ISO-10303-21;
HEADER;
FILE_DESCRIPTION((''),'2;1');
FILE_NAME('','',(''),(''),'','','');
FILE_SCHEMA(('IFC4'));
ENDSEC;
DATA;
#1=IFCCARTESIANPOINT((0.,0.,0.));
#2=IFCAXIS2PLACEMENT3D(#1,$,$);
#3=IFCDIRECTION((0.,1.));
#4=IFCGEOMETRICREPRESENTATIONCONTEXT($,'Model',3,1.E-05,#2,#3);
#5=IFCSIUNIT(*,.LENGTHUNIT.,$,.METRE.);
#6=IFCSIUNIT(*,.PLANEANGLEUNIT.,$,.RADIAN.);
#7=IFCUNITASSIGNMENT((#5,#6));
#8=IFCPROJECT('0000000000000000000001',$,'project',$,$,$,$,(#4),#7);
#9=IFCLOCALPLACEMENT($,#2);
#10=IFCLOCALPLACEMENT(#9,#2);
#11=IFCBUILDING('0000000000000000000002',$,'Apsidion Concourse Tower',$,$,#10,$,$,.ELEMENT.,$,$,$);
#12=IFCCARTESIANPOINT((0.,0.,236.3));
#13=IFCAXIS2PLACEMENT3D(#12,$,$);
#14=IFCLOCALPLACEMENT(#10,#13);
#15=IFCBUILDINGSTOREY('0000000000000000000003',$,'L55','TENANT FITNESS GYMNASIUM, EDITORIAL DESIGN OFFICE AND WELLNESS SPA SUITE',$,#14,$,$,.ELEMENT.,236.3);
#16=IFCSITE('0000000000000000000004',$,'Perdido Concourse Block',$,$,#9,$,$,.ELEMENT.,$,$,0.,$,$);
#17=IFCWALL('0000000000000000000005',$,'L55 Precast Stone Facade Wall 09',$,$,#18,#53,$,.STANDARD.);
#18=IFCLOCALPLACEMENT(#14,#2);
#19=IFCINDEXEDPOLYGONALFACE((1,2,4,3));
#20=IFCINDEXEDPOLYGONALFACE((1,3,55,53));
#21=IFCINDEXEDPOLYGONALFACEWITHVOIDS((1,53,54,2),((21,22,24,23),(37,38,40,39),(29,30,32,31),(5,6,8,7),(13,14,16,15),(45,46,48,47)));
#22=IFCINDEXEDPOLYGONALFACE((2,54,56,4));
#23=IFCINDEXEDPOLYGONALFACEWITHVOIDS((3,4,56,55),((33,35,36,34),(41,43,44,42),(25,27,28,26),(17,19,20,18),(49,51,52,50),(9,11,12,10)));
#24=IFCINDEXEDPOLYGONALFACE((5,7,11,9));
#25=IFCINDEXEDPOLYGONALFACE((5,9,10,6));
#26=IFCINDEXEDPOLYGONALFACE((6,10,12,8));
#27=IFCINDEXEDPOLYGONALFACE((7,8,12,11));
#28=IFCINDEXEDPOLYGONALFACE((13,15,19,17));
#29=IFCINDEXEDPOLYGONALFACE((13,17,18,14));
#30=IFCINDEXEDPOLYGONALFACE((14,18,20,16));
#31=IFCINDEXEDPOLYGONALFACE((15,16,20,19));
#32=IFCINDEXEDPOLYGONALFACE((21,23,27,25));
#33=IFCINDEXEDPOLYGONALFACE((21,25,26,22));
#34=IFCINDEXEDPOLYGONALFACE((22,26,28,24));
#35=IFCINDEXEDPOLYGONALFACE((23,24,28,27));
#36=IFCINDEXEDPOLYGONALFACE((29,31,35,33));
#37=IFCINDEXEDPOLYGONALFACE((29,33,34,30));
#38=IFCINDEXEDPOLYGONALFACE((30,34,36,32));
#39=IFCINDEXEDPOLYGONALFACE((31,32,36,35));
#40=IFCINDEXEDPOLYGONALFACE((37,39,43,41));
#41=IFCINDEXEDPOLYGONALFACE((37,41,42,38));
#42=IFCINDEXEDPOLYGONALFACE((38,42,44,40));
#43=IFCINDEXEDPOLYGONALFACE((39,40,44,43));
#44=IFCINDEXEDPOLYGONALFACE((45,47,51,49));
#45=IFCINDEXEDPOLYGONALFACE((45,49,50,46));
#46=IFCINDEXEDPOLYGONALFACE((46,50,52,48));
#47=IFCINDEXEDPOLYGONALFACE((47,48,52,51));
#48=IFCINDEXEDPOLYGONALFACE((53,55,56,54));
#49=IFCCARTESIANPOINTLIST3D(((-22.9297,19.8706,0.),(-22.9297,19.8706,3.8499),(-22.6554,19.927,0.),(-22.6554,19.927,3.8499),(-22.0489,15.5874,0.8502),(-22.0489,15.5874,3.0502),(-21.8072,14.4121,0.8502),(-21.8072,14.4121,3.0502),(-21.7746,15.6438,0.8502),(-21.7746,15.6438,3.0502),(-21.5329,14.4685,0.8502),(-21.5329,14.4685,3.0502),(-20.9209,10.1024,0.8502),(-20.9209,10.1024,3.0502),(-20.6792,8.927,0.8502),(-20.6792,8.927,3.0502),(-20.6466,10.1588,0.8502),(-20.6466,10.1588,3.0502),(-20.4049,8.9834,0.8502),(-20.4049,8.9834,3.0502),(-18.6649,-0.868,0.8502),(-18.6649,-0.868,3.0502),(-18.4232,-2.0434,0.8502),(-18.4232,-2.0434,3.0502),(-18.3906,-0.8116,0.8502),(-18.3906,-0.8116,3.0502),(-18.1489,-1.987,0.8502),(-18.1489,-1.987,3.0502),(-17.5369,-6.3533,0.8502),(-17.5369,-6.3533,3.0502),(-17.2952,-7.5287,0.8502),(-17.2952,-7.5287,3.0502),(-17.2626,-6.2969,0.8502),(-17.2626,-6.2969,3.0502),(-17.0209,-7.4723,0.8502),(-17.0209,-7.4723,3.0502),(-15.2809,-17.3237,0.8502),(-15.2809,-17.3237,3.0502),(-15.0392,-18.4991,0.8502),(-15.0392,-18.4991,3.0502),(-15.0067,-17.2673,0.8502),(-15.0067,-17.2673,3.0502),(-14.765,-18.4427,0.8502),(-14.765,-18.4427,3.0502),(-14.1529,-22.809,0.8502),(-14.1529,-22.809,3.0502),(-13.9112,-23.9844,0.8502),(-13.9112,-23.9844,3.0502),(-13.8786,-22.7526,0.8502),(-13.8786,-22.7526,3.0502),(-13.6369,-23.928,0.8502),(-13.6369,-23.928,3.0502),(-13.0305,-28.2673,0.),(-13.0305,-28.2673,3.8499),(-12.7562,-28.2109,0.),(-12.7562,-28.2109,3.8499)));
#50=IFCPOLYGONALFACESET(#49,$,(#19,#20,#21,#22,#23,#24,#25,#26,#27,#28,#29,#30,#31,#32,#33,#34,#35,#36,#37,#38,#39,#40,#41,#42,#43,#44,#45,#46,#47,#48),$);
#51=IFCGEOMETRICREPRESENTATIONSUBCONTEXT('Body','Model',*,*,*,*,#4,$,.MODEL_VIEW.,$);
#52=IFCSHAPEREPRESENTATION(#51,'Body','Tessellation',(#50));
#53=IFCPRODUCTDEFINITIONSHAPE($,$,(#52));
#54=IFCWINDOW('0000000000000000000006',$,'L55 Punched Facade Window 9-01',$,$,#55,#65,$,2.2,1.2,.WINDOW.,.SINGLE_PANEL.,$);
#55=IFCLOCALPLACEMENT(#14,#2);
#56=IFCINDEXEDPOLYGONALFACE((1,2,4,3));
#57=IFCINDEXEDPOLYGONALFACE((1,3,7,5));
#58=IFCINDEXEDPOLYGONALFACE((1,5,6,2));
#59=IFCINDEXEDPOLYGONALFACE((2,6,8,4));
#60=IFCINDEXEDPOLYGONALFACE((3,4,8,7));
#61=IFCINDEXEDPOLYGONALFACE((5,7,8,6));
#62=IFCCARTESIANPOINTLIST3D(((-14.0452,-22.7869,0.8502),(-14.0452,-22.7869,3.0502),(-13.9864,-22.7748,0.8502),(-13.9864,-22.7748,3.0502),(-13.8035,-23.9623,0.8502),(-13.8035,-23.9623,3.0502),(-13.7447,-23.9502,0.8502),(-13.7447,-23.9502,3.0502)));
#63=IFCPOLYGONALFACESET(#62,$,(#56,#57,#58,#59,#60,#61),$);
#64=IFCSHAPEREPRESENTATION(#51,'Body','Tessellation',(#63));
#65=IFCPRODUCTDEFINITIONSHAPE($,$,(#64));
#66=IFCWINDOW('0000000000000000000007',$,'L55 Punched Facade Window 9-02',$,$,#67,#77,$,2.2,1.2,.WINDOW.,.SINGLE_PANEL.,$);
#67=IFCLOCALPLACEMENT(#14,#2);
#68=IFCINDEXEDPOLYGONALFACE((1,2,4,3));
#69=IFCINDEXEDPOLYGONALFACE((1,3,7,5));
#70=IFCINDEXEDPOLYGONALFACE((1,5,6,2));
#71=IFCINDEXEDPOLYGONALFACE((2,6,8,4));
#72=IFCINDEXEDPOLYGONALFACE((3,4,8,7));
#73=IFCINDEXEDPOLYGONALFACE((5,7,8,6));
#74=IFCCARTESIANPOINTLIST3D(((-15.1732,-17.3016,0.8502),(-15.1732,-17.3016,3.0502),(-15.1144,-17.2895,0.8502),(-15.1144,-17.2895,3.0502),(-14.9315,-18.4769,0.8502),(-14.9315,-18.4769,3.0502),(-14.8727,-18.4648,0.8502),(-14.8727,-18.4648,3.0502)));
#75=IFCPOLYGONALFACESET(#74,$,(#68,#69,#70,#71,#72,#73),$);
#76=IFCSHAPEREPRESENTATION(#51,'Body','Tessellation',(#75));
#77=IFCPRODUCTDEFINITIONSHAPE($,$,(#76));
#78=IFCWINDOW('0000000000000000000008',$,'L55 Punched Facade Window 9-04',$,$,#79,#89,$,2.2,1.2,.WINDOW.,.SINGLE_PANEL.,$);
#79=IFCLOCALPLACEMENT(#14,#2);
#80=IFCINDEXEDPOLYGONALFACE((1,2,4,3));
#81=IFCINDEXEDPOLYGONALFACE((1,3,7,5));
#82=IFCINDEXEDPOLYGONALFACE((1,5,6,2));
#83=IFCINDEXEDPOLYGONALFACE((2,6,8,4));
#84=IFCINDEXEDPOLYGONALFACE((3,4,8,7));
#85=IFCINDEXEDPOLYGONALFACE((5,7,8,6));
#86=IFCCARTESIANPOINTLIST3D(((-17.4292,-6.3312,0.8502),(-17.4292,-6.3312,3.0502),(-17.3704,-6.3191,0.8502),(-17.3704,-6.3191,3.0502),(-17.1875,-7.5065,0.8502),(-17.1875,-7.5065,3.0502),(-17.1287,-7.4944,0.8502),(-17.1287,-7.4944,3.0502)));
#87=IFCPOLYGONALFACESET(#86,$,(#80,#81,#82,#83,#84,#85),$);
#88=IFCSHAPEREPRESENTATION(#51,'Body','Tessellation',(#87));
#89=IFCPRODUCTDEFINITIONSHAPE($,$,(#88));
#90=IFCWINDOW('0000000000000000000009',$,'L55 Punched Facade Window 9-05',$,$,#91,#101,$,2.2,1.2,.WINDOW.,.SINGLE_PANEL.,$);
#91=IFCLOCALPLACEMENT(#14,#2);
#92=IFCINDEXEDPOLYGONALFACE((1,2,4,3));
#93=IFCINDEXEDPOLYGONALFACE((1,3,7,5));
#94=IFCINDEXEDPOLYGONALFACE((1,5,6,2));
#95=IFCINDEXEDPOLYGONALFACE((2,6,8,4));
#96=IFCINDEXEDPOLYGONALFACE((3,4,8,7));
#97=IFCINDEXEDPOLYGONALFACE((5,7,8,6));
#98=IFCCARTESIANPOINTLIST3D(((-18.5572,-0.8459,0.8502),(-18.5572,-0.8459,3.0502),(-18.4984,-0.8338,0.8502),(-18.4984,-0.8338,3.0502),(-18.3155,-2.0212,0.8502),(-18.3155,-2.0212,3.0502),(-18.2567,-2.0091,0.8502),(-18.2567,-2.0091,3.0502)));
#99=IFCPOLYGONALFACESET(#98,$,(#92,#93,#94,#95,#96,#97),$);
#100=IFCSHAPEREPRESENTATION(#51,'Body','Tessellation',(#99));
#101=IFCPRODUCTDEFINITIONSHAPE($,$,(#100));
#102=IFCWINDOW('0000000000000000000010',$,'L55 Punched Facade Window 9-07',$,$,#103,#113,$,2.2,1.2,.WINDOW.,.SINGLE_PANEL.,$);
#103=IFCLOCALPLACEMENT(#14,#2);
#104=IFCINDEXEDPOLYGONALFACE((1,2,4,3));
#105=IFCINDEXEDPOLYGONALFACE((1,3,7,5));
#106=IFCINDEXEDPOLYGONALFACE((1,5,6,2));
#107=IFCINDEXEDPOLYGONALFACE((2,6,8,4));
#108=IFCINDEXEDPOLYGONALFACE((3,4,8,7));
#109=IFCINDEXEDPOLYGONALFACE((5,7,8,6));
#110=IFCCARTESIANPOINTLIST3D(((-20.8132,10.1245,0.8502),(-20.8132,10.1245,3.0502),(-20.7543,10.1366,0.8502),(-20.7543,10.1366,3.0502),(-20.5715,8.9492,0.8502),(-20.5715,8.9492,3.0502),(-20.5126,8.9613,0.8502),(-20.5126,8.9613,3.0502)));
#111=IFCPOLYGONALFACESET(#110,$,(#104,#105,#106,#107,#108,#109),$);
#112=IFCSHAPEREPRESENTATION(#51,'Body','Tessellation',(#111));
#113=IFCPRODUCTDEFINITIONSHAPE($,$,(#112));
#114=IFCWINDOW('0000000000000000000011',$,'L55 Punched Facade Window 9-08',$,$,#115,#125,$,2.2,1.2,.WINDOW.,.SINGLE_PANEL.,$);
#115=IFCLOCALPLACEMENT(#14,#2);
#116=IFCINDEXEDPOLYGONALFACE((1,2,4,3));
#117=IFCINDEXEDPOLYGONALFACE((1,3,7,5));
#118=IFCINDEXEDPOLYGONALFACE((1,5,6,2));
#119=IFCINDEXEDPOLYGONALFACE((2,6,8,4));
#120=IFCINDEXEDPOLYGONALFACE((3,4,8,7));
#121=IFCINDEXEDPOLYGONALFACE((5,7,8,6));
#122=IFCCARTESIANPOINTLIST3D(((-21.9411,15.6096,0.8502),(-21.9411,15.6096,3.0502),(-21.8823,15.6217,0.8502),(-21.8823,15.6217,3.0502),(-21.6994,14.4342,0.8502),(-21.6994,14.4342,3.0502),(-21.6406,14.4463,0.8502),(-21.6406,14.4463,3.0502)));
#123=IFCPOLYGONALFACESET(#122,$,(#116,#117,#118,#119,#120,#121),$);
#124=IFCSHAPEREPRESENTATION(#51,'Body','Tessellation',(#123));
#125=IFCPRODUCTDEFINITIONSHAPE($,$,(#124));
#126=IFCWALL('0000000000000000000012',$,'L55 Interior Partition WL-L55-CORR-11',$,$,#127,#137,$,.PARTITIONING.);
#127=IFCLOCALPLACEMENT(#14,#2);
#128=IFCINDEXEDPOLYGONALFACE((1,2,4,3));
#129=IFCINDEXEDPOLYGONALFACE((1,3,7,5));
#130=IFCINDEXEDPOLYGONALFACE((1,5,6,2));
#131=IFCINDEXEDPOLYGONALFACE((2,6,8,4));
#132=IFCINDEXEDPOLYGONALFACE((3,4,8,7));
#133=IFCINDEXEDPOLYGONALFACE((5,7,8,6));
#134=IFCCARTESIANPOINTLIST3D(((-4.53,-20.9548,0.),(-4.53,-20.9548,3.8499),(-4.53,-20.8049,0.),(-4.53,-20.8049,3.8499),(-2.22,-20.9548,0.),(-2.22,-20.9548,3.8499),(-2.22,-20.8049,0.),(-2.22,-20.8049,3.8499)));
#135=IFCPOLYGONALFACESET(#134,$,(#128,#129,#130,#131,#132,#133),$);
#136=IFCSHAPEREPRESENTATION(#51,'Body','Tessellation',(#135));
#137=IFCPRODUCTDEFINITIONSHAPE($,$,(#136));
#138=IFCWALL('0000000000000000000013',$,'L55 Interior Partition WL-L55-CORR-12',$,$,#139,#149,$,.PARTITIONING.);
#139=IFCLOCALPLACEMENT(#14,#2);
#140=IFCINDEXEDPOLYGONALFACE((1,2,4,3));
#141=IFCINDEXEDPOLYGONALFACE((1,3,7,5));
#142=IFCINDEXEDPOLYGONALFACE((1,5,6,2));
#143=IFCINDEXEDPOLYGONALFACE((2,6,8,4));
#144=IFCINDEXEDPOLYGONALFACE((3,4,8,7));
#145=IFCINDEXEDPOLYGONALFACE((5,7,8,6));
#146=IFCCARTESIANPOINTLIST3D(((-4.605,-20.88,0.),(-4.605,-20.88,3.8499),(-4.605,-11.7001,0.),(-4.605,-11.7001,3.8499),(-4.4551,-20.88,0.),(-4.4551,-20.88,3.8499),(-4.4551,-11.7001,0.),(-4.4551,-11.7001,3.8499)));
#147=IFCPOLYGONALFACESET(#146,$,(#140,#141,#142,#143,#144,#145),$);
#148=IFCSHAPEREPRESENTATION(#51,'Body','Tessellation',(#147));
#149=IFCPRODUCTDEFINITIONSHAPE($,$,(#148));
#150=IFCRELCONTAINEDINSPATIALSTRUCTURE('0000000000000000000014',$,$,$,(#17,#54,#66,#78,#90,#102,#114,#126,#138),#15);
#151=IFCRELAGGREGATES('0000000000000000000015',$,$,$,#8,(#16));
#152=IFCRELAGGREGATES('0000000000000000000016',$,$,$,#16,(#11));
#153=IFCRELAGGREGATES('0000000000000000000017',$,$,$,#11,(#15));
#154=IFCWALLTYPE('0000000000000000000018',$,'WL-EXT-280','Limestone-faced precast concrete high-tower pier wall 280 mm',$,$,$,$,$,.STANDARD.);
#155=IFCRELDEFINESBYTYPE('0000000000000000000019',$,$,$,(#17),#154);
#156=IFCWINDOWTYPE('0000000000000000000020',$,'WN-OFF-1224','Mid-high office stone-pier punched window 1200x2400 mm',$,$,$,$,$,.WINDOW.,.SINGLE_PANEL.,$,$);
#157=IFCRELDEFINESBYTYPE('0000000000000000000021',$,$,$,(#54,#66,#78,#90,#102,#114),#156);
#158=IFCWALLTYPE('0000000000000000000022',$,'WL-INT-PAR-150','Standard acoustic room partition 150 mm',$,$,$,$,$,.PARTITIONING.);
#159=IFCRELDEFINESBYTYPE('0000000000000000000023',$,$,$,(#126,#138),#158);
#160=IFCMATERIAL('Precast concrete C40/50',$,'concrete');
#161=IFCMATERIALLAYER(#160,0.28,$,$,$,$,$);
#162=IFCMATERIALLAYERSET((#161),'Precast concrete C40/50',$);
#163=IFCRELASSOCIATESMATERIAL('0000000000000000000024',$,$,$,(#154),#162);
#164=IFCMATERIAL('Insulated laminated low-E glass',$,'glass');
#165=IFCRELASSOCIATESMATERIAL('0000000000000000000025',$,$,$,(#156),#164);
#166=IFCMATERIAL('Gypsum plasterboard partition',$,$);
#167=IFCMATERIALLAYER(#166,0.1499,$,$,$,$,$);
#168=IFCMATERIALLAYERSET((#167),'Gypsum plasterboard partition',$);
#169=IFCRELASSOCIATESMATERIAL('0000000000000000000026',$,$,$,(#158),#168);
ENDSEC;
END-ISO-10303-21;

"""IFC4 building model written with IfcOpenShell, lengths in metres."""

from ifc_helpers import new_model, si_unit, direction, frame, frame_2d, origin, place, context, subcontext, project, spatial, rectangle, extrude, material, layer, layer_set, type_object, element, fill, save


model = new_model("IFC4")

# Units and contexts
model_context = context("Model", 3, precision=1e-05, world=origin(), true_north=direction((0.0, 1.0)))
body_context = subcontext(model_context, "Body", "Model", "MODEL_VIEW")
ifc_project = project(units=[si_unit("LENGTHUNIT", "METRE"), si_unit("PLANEANGLEUNIT", "RADIAN")], contexts=[model_context])

# Site, building, storey
site_placement = place(None, origin())
site = spatial("IfcSite", under=ifc_project, at=site_placement, Name="Perdido Concourse Block", CompositionType="ELEMENT", RefElevation=0.0)
building_placement = place(site_placement, origin())
building = spatial("IfcBuilding", under=site, at=building_placement, Name="Apsidion Concourse Tower", CompositionType="ELEMENT")
storey_placement = place(building_placement, frame((0.0, 0.0, 236.3)))
storey = spatial("IfcBuildingStorey", under=building, at=storey_placement, Name="L55", Description="TENANT FITNESS GYMNASIUM, EDITORIAL DESIGN OFFICE AND WELLNESS SPA SUITE", CompositionType="ELEMENT", Elevation=236.3)

# Shared definitions
ifc_material_1 = material(Name="Precast concrete C40/50", Category="concrete")
ifc_layer_1 = layer(ifc_material_1, 0.28)
ifc_layer_set_1 = layer_set([ifc_layer_1], Name="Precast concrete C40/50")
wall_type_1 = type_object("IfcWallType", Name="WL-EXT-280", Description="Limestone-faced precast concrete high-tower pier wall 280 mm", PredefinedType="STANDARD", material=ifc_layer_set_1)

# Wall, openings, windows
wall_1_placement = place(storey_placement, frame((-12.8933, -28.2393, 0.0), z_axis=(0.0, 0.0, 1.0), x_axis=(-0.201427, 0.979504, 0.0)))
wall_1 = element("IfcWall", 1, at=wall_1_placement, inside=storey, type_object=wall_type_1, Name="L55 Precast Stone Facade Wall 09", PredefinedType="STANDARD", context=body_context, shape_type="SweptSolid", body=[
    extrude(rectangle(XDim=49.1453, YDim=0.28, at=frame_2d((24.5728, 0.0))), origin(), (0.0, 0.0, 1.0), 3.8499),
])
opening_1_placement = place(wall_1_placement, frame((4.3726, 0.0, 0.8501)))
opening_1 = element("IfcOpeningElement", 2, at=opening_1_placement, cuts=wall_1, PredefinedType="OPENING", context=body_context, shape_type="SweptSolid", body=[
    extrude(rectangle(XDim=1.2, YDim=2.2, at=frame_2d((0.6001, 1.1001))), frame((0.0, 0.1499, 0.0), z_axis=(0.0, -1.0, 0.0), x_axis=(1.0, 0.0, 0.0)), (0.0, 0.0, 1.0), 0.3),
])
opening_2_placement = place(wall_1_placement, frame((9.9727, 0.0, 0.8501)))
opening_2 = element("IfcOpeningElement", 3, at=opening_2_placement, cuts=wall_1, PredefinedType="OPENING", context=body_context, shape_type="SweptSolid", body=[
    extrude(rectangle(XDim=1.2, YDim=2.2, at=frame_2d((0.6001, 1.1001))), frame((0.0, 0.1499, 0.0), z_axis=(0.0, -1.0, 0.0), x_axis=(1.0, 0.0, 0.0)), (0.0, 0.0, 1.0), 0.3),
])
opening_3_placement = place(wall_1_placement, frame((21.1726, 0.0, 0.8501)))
opening_3 = element("IfcOpeningElement", 4, at=opening_3_placement, cuts=wall_1, PredefinedType="OPENING", context=body_context, shape_type="SweptSolid", body=[
    extrude(rectangle(XDim=1.2, YDim=2.2, at=frame_2d((0.6001, 1.1001))), frame((0.0, 0.1499, 0.0), z_axis=(0.0, -1.0, 0.0), x_axis=(1.0, 0.0, 0.0)), (0.0, 0.0, 1.0), 0.3),
])
opening_4_placement = place(wall_1_placement, frame((26.7727, 0.0, 0.8501)))
opening_4 = element("IfcOpeningElement", 5, at=opening_4_placement, cuts=wall_1, PredefinedType="OPENING", context=body_context, shape_type="SweptSolid", body=[
    extrude(rectangle(XDim=1.2, YDim=2.2, at=frame_2d((0.6001, 1.1001))), frame((0.0, 0.1499, 0.0), z_axis=(0.0, -1.0, 0.0), x_axis=(1.0, 0.0, 0.0)), (0.0, 0.0, 1.0), 0.3),
])
opening_5_placement = place(wall_1_placement, frame((37.9727, 0.0, 0.8501)))
opening_5 = element("IfcOpeningElement", 6, at=opening_5_placement, cuts=wall_1, PredefinedType="OPENING", context=body_context, shape_type="SweptSolid", body=[
    extrude(rectangle(XDim=1.2, YDim=2.2, at=frame_2d((0.6001, 1.1001))), frame((0.0, 0.1499, 0.0), z_axis=(0.0, -1.0, 0.0), x_axis=(1.0, 0.0, 0.0)), (0.0, 0.0, 1.0), 0.3),
])
opening_6_placement = place(wall_1_placement, frame((43.5725, 0.0, 0.8501)))
opening_6 = element("IfcOpeningElement", 7, at=opening_6_placement, cuts=wall_1, PredefinedType="OPENING", context=body_context, shape_type="SweptSolid", body=[
    extrude(rectangle(XDim=1.2, YDim=2.2, at=frame_2d((0.6001, 1.1001))), frame((0.0, 0.1499, 0.0), z_axis=(0.0, -1.0, 0.0), x_axis=(1.0, 0.0, 0.0)), (0.0, 0.0, 1.0), 0.3),
])
ifc_material_2 = material(Name="Insulated laminated low-E glass", Category="glass")
window_type = type_object("IfcWindowType", Name="WN-OFF-1224", Description="Mid-high office stone-pier punched window 1200x2400 mm", PartitioningType="SINGLE_PANEL", PredefinedType="WINDOW", material=ifc_material_2)
window_1_placement = place(opening_1_placement, origin())
window_1 = element("IfcWindow", 8, at=window_1_placement, inside=storey, type_object=window_type, Name="L55 Punched Facade Window 9-01", OverallHeight=2.2, OverallWidth=1.2, PartitioningType="SINGLE_PANEL", PredefinedType="WINDOW", context=body_context, shape_type="SweptSolid", body=[
    extrude(rectangle(XDim=1.2, YDim=2.2, at=frame_2d((0.6001, 1.1001))), frame((0.0, 0.03, 0.0), z_axis=(0.0, -1.0, 0.0), x_axis=(1.0, 0.0, 0.0)), (0.0, 0.0, 1.0), 0.0601),
])
fill(opening_1, window_1)
window_2_placement = place(opening_2_placement, origin())
window_2 = element("IfcWindow", 9, at=window_2_placement, inside=storey, type_object=window_type, Name="L55 Punched Facade Window 9-02", OverallHeight=2.2, OverallWidth=1.2, PartitioningType="SINGLE_PANEL", PredefinedType="WINDOW", context=body_context, shape_type="SweptSolid", body=[
    extrude(rectangle(XDim=1.2, YDim=2.2, at=frame_2d((0.6001, 1.1001))), frame((0.0, 0.03, 0.0), z_axis=(0.0, -1.0, 0.0), x_axis=(1.0, 0.0, 0.0)), (0.0, 0.0, 1.0), 0.0601),
])
fill(opening_2, window_2)
window_3_placement = place(opening_3_placement, origin())
window_3 = element("IfcWindow", 10, at=window_3_placement, inside=storey, type_object=window_type, Name="L55 Punched Facade Window 9-04", OverallHeight=2.2, OverallWidth=1.2, PartitioningType="SINGLE_PANEL", PredefinedType="WINDOW", context=body_context, shape_type="SweptSolid", body=[
    extrude(rectangle(XDim=1.2, YDim=2.2, at=frame_2d((0.6001, 1.1001))), frame((0.0, 0.03, 0.0), z_axis=(0.0, -1.0, 0.0), x_axis=(1.0, 0.0, 0.0)), (0.0, 0.0, 1.0), 0.0601),
])
fill(opening_3, window_3)
window_4_placement = place(opening_4_placement, origin())
window_4 = element("IfcWindow", 11, at=window_4_placement, inside=storey, type_object=window_type, Name="L55 Punched Facade Window 9-05", OverallHeight=2.2, OverallWidth=1.2, PartitioningType="SINGLE_PANEL", PredefinedType="WINDOW", context=body_context, shape_type="SweptSolid", body=[
    extrude(rectangle(XDim=1.2, YDim=2.2, at=frame_2d((0.6001, 1.1001))), frame((0.0, 0.03, 0.0), z_axis=(0.0, -1.0, 0.0), x_axis=(1.0, 0.0, 0.0)), (0.0, 0.0, 1.0), 0.0601),
])
fill(opening_4, window_4)
window_5_placement = place(opening_5_placement, origin())
window_5 = element("IfcWindow", 12, at=window_5_placement, inside=storey, type_object=window_type, Name="L55 Punched Facade Window 9-07", OverallHeight=2.2, OverallWidth=1.2, PartitioningType="SINGLE_PANEL", PredefinedType="WINDOW", context=body_context, shape_type="SweptSolid", body=[
    extrude(rectangle(XDim=1.2, YDim=2.2, at=frame_2d((0.6001, 1.1001))), frame((0.0, 0.03, 0.0), z_axis=(0.0, -1.0, 0.0), x_axis=(1.0, 0.0, 0.0)), (0.0, 0.0, 1.0), 0.0601),
])
fill(opening_5, window_5)
window_6_placement = place(opening_6_placement, origin())
window_6 = element("IfcWindow", 13, at=window_6_placement, inside=storey, type_object=window_type, Name="L55 Punched Facade Window 9-08", OverallHeight=2.2, OverallWidth=1.2, PartitioningType="SINGLE_PANEL", PredefinedType="WINDOW", context=body_context, shape_type="SweptSolid", body=[
    extrude(rectangle(XDim=1.2, YDim=2.2, at=frame_2d((0.6001, 1.1001))), frame((0.0, 0.03, 0.0), z_axis=(0.0, -1.0, 0.0), x_axis=(1.0, 0.0, 0.0)), (0.0, 0.0, 1.0), 0.0601),
])
fill(opening_6, window_6)

# Walls
ifc_material_3 = material(Name="Gypsum plasterboard partition")
ifc_layer_2 = layer(ifc_material_3, 0.1499)
ifc_layer_set_2 = layer_set([ifc_layer_2], Name="Gypsum plasterboard partition")
wall_type_2 = type_object("IfcWallType", Name="WL-INT-PAR-150", Description="Standard acoustic room partition 150 mm", PredefinedType="PARTITIONING", material=ifc_layer_set_2)
wall_2_placement = place(storey_placement, frame((-2.22, -20.8799, 0.0), z_axis=(0.0, 0.0, 1.0), x_axis=(-1.0, 0.0, 0.0)))
element("IfcWall", 14, at=wall_2_placement, inside=storey, type_object=wall_type_2, Name="L55 Interior Partition WL-L55-CORR-11", PredefinedType="PARTITIONING", context=body_context, shape_type="SweptSolid", body=[
    extrude(rectangle(XDim=2.3101, YDim=0.1499, at=frame_2d((1.155, 0.0))), origin(), (0.0, 0.0, 1.0), 3.8499),
])
wall_3_placement = place(storey_placement, frame((-4.53, -20.8799, 0.0), z_axis=(0.0, 0.0, 1.0), x_axis=(0.0, 1.0, 0.0)))
element("IfcWall", 15, at=wall_3_placement, inside=storey, type_object=wall_type_2, Name="L55 Interior Partition WL-L55-CORR-12", PredefinedType="PARTITIONING", context=body_context, shape_type="SweptSolid", body=[
    extrude(rectangle(XDim=9.1799, YDim=0.1499, at=frame_2d((4.5898, 0.0))), origin(), (0.0, 0.0, 1.0), 3.8499),
])

save(model, "model.ifc")
